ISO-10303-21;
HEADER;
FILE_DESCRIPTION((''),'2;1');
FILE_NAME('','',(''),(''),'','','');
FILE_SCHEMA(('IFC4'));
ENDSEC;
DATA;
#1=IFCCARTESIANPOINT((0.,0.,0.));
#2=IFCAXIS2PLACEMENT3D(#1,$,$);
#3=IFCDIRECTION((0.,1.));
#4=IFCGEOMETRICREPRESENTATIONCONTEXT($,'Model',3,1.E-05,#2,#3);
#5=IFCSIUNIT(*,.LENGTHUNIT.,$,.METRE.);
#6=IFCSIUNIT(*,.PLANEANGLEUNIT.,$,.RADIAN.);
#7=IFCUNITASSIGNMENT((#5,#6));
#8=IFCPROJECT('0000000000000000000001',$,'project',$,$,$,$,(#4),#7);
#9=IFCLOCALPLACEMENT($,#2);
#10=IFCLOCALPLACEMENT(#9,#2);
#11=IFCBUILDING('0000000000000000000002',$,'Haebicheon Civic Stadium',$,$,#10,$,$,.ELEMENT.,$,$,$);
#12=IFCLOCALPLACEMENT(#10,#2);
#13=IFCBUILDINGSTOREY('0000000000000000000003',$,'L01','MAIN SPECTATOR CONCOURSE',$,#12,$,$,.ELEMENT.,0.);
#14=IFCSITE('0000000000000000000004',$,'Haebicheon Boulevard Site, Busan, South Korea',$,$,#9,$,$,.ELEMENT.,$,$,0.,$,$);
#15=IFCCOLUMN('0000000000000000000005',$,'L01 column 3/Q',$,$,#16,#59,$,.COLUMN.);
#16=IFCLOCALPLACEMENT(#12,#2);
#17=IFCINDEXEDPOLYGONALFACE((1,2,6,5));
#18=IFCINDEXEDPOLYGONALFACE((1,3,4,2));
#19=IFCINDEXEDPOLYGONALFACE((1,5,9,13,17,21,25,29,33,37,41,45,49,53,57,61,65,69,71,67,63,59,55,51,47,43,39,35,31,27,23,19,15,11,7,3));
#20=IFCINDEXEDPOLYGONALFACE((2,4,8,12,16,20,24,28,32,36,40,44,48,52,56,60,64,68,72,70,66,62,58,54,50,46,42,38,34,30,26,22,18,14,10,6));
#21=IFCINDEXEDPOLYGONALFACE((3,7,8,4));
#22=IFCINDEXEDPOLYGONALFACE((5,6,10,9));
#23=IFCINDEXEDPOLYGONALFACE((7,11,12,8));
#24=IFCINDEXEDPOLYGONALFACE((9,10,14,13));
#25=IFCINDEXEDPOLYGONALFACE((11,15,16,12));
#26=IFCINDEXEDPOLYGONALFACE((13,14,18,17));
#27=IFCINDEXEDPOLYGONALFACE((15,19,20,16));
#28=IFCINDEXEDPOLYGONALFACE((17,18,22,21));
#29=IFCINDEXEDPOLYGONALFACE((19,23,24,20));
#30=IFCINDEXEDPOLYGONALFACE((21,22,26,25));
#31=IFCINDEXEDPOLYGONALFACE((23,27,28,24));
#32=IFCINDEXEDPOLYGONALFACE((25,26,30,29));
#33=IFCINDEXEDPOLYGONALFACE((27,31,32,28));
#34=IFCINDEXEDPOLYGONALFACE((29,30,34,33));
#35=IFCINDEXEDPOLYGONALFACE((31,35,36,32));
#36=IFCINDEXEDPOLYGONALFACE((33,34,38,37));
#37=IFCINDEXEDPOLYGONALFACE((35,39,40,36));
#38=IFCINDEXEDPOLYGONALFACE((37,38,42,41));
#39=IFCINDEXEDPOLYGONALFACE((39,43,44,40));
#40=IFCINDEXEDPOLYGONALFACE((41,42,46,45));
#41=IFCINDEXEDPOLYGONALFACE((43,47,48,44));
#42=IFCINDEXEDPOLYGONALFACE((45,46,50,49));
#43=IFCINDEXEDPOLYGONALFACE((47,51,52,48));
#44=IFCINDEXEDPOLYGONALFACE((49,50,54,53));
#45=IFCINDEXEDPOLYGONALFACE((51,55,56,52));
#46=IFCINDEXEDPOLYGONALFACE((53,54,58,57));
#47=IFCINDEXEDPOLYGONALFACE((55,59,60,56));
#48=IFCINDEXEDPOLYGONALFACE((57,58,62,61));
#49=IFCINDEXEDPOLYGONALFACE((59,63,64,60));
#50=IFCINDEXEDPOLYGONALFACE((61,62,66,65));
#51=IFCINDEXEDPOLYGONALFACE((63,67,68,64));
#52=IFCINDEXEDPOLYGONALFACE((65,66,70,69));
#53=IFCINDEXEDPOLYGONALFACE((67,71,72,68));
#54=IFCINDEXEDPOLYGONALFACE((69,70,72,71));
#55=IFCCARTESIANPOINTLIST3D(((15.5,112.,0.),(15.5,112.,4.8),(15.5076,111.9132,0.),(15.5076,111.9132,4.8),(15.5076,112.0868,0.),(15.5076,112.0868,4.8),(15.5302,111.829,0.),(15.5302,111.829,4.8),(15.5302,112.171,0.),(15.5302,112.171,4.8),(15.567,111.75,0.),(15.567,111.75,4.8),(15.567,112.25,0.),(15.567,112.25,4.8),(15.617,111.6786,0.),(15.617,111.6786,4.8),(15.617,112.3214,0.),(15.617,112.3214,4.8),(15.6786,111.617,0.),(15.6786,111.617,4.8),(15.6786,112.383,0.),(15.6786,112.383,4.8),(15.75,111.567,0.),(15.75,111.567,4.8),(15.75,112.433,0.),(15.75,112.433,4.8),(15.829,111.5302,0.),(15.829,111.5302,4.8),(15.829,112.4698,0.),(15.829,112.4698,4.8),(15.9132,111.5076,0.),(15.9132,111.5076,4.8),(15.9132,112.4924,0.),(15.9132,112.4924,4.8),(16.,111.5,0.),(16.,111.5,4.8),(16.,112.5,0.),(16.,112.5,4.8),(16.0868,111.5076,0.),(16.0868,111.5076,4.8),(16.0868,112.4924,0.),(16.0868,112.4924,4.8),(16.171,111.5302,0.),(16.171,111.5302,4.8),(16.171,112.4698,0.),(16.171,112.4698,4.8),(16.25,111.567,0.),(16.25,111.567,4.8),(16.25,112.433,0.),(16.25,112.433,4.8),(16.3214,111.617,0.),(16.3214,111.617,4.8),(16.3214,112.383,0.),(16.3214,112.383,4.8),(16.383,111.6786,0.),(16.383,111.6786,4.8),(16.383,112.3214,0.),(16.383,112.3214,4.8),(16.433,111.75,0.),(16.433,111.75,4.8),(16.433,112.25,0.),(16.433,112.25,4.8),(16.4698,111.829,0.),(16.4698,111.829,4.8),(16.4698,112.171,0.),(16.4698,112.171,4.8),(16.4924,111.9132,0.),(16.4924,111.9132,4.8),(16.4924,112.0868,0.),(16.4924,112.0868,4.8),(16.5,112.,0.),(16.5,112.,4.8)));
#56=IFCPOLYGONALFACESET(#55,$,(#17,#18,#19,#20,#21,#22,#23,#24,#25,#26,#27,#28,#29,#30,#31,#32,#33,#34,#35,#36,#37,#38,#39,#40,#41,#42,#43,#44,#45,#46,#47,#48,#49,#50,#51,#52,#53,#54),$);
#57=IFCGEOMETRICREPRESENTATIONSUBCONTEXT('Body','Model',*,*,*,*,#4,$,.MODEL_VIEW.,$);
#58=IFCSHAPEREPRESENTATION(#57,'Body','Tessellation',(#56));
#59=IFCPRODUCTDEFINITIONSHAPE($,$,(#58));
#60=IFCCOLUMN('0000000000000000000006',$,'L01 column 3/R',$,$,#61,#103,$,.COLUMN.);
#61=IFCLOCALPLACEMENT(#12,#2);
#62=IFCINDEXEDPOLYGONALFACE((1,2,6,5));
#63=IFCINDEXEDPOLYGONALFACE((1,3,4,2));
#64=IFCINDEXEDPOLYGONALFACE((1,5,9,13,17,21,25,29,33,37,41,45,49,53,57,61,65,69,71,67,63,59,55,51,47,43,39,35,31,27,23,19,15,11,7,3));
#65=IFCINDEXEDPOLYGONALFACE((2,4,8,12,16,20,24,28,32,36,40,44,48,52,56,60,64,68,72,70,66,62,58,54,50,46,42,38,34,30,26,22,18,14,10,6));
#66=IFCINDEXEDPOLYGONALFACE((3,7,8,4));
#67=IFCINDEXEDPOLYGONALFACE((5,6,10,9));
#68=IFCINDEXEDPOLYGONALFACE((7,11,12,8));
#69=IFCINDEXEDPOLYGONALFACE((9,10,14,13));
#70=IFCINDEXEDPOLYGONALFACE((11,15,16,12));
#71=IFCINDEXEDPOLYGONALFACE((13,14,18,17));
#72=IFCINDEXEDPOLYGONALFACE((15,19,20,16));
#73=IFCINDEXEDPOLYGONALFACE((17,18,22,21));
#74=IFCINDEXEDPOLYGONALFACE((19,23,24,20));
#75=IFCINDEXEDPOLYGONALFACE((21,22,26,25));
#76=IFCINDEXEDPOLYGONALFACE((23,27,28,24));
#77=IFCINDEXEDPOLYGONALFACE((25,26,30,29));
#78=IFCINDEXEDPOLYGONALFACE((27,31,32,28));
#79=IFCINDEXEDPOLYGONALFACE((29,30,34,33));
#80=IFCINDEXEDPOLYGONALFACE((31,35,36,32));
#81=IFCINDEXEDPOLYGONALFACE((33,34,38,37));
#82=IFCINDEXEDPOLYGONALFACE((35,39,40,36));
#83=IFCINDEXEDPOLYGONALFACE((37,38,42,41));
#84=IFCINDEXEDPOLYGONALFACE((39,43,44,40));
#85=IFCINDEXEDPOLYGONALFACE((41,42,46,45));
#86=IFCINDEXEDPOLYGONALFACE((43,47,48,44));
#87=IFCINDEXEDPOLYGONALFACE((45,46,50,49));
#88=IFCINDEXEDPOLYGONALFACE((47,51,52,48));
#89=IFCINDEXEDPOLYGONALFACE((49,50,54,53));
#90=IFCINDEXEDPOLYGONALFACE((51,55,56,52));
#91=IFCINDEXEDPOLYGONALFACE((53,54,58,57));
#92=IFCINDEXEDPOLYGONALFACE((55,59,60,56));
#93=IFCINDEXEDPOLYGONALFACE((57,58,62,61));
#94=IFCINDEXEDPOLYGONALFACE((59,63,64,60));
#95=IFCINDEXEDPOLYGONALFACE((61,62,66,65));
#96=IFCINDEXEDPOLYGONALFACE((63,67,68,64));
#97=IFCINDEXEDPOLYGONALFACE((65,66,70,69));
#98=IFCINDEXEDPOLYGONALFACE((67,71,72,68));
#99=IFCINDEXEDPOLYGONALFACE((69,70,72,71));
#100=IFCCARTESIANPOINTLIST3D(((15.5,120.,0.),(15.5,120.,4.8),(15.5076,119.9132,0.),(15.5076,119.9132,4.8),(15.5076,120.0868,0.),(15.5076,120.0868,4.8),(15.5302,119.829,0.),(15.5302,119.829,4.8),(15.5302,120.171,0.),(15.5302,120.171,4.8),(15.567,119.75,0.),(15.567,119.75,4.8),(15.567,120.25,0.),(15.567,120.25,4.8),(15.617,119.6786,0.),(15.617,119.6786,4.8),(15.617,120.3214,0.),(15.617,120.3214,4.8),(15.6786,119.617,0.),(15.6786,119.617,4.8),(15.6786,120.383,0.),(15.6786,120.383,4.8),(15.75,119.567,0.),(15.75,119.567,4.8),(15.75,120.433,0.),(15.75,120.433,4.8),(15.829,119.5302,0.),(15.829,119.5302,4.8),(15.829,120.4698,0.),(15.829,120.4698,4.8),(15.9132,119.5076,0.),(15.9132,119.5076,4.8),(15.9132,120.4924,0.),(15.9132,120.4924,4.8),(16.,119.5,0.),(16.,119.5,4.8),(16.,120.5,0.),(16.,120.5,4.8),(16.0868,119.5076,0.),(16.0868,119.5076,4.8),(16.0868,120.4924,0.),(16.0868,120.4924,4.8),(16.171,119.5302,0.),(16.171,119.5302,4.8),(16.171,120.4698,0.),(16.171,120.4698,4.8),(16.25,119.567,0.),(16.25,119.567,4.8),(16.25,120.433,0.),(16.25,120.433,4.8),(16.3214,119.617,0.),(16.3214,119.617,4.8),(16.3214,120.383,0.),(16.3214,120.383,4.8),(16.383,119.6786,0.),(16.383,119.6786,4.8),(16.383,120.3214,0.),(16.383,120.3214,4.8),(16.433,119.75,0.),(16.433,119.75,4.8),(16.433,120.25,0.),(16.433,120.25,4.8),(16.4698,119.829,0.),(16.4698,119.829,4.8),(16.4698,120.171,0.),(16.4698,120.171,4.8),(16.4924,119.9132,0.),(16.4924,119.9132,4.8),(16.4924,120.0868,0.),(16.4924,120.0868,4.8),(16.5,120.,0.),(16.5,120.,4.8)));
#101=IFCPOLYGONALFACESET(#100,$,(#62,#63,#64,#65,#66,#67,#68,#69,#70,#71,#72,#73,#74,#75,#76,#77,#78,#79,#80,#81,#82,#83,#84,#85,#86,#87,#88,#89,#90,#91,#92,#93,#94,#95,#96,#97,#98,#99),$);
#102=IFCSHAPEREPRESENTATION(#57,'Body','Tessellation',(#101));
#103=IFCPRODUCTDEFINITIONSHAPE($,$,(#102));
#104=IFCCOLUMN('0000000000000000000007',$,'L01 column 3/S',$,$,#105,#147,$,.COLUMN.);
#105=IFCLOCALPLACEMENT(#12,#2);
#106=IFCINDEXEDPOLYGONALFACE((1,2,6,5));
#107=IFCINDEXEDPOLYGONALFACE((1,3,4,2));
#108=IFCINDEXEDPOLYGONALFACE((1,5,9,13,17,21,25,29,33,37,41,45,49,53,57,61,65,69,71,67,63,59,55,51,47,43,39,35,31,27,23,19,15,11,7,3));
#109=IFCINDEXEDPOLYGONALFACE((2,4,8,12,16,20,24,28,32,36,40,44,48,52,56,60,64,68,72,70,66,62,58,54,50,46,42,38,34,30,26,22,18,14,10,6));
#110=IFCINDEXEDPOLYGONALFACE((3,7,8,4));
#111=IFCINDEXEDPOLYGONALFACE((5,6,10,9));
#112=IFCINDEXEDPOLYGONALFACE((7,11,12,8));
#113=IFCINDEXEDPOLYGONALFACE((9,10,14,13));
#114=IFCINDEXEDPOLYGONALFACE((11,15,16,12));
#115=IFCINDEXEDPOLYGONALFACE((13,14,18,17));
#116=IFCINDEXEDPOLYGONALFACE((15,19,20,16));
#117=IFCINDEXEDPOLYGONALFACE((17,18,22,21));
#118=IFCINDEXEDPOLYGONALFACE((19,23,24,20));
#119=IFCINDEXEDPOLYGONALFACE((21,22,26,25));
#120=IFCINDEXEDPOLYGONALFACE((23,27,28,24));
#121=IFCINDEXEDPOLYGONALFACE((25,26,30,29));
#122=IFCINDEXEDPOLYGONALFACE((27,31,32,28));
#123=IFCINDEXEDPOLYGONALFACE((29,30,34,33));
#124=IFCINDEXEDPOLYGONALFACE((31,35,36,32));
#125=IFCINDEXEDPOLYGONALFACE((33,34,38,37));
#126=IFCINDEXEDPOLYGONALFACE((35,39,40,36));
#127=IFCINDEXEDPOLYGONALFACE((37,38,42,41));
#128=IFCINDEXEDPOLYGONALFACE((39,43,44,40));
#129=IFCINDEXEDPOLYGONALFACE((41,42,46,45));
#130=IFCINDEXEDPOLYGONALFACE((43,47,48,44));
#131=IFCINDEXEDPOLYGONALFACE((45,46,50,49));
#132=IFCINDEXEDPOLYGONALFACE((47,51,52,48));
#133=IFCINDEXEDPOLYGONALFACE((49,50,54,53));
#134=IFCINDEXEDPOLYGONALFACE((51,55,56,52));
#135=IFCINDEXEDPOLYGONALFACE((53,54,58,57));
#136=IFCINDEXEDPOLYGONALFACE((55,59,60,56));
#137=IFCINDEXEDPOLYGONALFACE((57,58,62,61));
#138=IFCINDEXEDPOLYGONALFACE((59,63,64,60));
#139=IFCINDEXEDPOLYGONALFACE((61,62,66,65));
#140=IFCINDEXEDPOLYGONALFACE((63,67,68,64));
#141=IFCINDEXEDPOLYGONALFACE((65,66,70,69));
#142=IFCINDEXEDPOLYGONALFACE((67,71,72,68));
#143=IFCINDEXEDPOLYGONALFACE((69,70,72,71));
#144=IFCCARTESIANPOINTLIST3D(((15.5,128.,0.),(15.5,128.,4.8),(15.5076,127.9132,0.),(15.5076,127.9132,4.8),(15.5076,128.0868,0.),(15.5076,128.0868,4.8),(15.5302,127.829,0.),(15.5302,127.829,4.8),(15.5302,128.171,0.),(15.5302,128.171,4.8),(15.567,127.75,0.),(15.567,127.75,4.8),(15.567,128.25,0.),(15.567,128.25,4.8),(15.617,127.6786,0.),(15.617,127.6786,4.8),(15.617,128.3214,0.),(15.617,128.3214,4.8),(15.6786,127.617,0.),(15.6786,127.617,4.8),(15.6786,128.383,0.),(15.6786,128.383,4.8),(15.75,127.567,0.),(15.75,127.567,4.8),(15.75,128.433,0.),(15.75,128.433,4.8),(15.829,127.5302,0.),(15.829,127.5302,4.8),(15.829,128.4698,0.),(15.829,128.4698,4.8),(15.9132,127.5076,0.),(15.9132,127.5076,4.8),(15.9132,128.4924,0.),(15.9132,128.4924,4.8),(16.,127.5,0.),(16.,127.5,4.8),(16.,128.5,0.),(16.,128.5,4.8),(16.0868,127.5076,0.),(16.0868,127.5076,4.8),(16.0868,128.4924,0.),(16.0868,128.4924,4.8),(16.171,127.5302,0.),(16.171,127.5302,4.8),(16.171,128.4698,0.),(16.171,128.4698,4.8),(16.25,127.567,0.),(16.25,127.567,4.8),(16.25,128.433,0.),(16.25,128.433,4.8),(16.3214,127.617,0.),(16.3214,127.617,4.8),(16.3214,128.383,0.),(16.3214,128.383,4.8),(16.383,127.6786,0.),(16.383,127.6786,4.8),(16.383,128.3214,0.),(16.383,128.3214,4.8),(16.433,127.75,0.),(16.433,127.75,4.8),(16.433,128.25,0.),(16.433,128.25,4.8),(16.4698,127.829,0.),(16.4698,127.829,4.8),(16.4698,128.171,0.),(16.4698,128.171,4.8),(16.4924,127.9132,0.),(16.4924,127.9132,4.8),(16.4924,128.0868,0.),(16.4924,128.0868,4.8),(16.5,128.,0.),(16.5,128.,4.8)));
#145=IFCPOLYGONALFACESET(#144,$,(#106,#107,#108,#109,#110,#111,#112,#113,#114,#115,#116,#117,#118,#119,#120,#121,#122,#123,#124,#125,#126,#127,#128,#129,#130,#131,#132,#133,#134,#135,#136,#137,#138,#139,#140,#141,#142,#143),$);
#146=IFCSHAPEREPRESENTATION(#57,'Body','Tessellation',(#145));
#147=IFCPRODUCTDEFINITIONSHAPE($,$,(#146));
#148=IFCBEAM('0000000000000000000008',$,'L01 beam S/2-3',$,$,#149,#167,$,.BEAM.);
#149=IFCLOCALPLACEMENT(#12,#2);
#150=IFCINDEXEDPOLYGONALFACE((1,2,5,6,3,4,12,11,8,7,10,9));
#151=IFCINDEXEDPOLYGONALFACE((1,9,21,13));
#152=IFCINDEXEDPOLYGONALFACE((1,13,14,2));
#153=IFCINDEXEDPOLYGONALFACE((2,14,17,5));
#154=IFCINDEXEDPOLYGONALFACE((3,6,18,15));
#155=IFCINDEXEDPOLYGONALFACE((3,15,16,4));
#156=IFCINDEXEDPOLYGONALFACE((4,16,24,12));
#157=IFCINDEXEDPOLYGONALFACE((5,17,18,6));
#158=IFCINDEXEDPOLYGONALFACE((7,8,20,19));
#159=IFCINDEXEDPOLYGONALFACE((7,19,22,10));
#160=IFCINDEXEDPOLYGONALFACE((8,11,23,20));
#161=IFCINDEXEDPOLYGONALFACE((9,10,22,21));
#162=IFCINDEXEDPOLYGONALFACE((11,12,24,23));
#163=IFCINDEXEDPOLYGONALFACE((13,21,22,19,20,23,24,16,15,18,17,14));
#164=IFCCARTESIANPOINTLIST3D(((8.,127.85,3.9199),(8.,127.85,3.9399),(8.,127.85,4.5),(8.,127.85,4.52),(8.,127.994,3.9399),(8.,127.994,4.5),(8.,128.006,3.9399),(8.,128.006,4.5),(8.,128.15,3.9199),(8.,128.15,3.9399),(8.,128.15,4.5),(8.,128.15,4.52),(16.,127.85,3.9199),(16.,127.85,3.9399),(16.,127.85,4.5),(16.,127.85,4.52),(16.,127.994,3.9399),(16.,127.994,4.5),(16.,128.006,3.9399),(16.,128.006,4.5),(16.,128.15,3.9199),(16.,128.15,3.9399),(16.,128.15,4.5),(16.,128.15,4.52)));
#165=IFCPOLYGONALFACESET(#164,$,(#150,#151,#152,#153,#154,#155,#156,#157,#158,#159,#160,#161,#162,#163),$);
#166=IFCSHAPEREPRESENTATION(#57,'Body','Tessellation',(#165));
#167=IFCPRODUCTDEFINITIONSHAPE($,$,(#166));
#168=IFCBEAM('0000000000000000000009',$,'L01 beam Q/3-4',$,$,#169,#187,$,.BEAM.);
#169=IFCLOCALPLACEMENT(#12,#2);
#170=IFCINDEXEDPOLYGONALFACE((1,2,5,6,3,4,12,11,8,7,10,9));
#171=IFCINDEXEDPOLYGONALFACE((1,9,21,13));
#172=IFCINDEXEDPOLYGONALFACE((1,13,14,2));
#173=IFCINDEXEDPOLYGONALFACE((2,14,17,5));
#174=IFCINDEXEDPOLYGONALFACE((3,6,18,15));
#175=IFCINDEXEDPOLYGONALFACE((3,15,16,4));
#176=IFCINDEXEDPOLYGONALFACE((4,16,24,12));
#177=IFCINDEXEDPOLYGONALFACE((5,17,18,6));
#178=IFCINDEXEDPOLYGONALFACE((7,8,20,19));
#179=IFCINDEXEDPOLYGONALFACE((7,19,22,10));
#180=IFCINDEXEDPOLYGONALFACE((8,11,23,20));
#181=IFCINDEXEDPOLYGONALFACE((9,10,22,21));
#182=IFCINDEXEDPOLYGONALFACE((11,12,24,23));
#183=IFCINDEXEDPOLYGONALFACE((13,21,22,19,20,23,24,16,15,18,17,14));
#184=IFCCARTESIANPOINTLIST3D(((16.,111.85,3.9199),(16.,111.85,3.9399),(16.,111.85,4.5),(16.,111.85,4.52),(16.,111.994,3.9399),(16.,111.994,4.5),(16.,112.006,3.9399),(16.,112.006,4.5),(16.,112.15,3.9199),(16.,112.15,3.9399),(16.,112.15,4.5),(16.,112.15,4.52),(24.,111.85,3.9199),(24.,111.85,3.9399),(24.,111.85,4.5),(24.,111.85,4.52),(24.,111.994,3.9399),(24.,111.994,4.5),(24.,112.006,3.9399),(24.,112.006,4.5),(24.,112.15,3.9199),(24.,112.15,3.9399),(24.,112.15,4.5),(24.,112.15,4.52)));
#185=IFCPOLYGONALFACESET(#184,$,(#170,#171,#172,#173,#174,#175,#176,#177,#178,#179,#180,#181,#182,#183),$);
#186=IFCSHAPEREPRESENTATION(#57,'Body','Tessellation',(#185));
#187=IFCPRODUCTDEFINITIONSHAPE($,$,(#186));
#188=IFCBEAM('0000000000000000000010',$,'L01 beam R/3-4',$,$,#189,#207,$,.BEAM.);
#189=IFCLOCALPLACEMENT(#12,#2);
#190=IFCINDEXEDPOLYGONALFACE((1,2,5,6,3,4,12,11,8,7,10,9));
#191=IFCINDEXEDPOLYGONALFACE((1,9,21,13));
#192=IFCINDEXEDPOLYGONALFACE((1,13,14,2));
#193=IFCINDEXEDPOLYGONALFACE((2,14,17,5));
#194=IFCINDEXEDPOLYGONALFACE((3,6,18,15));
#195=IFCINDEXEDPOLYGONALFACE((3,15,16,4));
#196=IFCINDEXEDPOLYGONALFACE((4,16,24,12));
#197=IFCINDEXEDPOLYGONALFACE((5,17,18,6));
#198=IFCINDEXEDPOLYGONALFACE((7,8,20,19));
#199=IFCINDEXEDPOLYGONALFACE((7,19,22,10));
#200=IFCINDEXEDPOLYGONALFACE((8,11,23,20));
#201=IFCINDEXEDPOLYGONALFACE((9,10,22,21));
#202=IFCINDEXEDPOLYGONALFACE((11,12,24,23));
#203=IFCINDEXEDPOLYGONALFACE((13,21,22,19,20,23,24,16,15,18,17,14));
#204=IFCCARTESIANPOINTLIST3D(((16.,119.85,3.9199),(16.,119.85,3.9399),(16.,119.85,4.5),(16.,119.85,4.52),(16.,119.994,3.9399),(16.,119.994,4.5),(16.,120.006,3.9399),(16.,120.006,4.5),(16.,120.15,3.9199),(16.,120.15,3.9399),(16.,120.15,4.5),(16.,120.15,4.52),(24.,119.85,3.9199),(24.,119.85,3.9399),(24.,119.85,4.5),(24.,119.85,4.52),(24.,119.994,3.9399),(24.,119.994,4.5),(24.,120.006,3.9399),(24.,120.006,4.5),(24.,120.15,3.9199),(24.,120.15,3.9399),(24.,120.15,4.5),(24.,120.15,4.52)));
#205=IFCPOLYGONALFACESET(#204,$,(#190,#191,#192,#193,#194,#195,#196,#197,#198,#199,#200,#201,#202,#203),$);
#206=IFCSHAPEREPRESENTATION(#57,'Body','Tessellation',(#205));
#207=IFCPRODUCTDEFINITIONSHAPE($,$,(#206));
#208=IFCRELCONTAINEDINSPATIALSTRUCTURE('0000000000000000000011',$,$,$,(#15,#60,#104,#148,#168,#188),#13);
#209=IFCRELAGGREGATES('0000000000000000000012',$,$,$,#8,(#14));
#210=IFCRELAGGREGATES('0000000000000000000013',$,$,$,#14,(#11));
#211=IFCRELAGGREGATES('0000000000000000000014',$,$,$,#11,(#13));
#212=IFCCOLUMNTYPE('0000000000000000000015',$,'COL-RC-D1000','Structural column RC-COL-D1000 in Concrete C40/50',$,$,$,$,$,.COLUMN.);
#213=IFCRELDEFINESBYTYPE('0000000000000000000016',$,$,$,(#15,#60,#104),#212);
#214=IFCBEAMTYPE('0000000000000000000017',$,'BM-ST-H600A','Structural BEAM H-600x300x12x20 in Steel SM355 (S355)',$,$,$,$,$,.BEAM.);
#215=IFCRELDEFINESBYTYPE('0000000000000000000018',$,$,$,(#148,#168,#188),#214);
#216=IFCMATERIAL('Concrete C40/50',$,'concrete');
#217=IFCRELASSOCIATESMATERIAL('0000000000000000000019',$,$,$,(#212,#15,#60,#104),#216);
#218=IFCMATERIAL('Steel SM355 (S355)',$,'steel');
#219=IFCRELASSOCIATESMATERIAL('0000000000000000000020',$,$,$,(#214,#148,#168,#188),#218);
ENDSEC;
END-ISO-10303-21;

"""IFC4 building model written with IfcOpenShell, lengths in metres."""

from ifc_helpers import new_model, si_unit, direction, frame, origin, origin_2d, place, context, subcontext, project, spatial, circle, i_section, extrude, material, material_profile, profile_set, type_object, element, save


model = new_model("IFC4")

# Units and contexts
model_context = context("Model", 3, precision=1e-05, world=origin(), true_north=direction((0.0, 1.0)))
body_context = subcontext(model_context, "Body", "Model", "MODEL_VIEW")
ifc_project = project(units=[si_unit("LENGTHUNIT", "METRE"), si_unit("PLANEANGLEUNIT", "RADIAN")], contexts=[model_context])

# Site, building, storey
site_placement = place(None, origin())
site = spatial("IfcSite", under=ifc_project, at=site_placement, Name="Haebicheon Boulevard Site, Busan, South Korea", CompositionType="ELEMENT", RefElevation=0.0)
building_placement = place(site_placement, origin())
building = spatial("IfcBuilding", under=site, at=building_placement, Name="Haebicheon Civic Stadium", CompositionType="ELEMENT")
storey_placement = place(building_placement, origin())
storey = spatial("IfcBuildingStorey", under=building, at=storey_placement, Name="L01", Description="MAIN SPECTATOR CONCOURSE", CompositionType="ELEMENT", Elevation=0.0)

# Columns
ifc_material_1 = material(Name="Concrete C40/50", Category="concrete")
ifc_material_profile_1 = material_profile(ifc_material_1, circle(Radius=0.5, at=origin_2d()), Name="RC-COL-D1000")
ifc_profile_set_1 = profile_set([ifc_material_profile_1], Name="Concrete C40/50")
column_type = type_object("IfcColumnType", Name="COL-RC-D1000", Description="Structural column RC-COL-D1000 in Concrete C40/50", PredefinedType="COLUMN", material=ifc_profile_set_1)
for number, where, z_axis, x_axis, name in (
    (1, (16.0, 112.0, 0.0), (0.0, 0.0, 1.0), (1.0, 0.0, 0.0), "L01 column 3/Q"),
    (2, (16.0, 120.0, 0.0), (0.0, 0.0, 1.0), (1.0, 0.0, 0.0), "L01 column 3/R"),
    (3, (16.0, 128.0, 0.0), (0.0, 0.0, 1.0), (1.0, 0.0, 0.0), "L01 column 3/S"),
):
    element("IfcColumn", number, at=place(storey_placement, frame(where, z_axis=z_axis, x_axis=x_axis)), inside=storey, type_object=column_type, material=ifc_profile_set_1, Name=name, PredefinedType="COLUMN", context=body_context, shape_type="SweptSolid", body=[
        extrude(circle(Radius=0.5, at=origin_2d()), origin(), (0.0, 0.0, 1.0), 4.8),
    ])

# Beams
ifc_material_2 = material(Name="Steel SM355 (S355)", Category="steel")
ifc_material_profile_2 = material_profile(ifc_material_2, i_section(OverallWidth=0.3, OverallDepth=0.6001, WebThickness=0.012, FlangeThickness=0.02, at=origin_2d()), Name="H-600x300x12x20")
ifc_profile_set_2 = profile_set([ifc_material_profile_2], Name="Steel SM355 (S355)")
beam_type_1 = type_object("IfcBeamType", Name="BM-ST-H600A", Description="Structural BEAM H-600x300x12x20 in Steel SM355 (S355)", PredefinedType="BEAM", material=ifc_profile_set_2)
for number, where, z_axis, x_axis, name in (
    (4, (8.0, 128.0, 4.22), (1.0, 0.0, 0.0), (0.0, 1.0, 0.0), "L01 beam S/2-3"),
    (5, (16.0, 112.0, 4.22), (1.0, 0.0, 0.0), (0.0, 1.0, 0.0), "L01 beam Q/3-4"),
    (6, (16.0, 120.0, 4.22), (1.0, 0.0, 0.0), (0.0, 1.0, 0.0), "L01 beam R/3-4"),
):
    element("IfcBeam", number, at=place(storey_placement, frame(where, z_axis=z_axis, x_axis=x_axis)), inside=storey, type_object=beam_type_1, material=ifc_profile_set_2, Name=name, PredefinedType="BEAM", context=body_context, shape_type="SweptSolid", body=[
        extrude(i_section(OverallWidth=0.3, OverallDepth=0.6001, WebThickness=0.012, FlangeThickness=0.02, at=origin_2d()), origin(), (0.0, 0.0, 1.0), 8.0),
    ])

save(model, "model.ifc")
